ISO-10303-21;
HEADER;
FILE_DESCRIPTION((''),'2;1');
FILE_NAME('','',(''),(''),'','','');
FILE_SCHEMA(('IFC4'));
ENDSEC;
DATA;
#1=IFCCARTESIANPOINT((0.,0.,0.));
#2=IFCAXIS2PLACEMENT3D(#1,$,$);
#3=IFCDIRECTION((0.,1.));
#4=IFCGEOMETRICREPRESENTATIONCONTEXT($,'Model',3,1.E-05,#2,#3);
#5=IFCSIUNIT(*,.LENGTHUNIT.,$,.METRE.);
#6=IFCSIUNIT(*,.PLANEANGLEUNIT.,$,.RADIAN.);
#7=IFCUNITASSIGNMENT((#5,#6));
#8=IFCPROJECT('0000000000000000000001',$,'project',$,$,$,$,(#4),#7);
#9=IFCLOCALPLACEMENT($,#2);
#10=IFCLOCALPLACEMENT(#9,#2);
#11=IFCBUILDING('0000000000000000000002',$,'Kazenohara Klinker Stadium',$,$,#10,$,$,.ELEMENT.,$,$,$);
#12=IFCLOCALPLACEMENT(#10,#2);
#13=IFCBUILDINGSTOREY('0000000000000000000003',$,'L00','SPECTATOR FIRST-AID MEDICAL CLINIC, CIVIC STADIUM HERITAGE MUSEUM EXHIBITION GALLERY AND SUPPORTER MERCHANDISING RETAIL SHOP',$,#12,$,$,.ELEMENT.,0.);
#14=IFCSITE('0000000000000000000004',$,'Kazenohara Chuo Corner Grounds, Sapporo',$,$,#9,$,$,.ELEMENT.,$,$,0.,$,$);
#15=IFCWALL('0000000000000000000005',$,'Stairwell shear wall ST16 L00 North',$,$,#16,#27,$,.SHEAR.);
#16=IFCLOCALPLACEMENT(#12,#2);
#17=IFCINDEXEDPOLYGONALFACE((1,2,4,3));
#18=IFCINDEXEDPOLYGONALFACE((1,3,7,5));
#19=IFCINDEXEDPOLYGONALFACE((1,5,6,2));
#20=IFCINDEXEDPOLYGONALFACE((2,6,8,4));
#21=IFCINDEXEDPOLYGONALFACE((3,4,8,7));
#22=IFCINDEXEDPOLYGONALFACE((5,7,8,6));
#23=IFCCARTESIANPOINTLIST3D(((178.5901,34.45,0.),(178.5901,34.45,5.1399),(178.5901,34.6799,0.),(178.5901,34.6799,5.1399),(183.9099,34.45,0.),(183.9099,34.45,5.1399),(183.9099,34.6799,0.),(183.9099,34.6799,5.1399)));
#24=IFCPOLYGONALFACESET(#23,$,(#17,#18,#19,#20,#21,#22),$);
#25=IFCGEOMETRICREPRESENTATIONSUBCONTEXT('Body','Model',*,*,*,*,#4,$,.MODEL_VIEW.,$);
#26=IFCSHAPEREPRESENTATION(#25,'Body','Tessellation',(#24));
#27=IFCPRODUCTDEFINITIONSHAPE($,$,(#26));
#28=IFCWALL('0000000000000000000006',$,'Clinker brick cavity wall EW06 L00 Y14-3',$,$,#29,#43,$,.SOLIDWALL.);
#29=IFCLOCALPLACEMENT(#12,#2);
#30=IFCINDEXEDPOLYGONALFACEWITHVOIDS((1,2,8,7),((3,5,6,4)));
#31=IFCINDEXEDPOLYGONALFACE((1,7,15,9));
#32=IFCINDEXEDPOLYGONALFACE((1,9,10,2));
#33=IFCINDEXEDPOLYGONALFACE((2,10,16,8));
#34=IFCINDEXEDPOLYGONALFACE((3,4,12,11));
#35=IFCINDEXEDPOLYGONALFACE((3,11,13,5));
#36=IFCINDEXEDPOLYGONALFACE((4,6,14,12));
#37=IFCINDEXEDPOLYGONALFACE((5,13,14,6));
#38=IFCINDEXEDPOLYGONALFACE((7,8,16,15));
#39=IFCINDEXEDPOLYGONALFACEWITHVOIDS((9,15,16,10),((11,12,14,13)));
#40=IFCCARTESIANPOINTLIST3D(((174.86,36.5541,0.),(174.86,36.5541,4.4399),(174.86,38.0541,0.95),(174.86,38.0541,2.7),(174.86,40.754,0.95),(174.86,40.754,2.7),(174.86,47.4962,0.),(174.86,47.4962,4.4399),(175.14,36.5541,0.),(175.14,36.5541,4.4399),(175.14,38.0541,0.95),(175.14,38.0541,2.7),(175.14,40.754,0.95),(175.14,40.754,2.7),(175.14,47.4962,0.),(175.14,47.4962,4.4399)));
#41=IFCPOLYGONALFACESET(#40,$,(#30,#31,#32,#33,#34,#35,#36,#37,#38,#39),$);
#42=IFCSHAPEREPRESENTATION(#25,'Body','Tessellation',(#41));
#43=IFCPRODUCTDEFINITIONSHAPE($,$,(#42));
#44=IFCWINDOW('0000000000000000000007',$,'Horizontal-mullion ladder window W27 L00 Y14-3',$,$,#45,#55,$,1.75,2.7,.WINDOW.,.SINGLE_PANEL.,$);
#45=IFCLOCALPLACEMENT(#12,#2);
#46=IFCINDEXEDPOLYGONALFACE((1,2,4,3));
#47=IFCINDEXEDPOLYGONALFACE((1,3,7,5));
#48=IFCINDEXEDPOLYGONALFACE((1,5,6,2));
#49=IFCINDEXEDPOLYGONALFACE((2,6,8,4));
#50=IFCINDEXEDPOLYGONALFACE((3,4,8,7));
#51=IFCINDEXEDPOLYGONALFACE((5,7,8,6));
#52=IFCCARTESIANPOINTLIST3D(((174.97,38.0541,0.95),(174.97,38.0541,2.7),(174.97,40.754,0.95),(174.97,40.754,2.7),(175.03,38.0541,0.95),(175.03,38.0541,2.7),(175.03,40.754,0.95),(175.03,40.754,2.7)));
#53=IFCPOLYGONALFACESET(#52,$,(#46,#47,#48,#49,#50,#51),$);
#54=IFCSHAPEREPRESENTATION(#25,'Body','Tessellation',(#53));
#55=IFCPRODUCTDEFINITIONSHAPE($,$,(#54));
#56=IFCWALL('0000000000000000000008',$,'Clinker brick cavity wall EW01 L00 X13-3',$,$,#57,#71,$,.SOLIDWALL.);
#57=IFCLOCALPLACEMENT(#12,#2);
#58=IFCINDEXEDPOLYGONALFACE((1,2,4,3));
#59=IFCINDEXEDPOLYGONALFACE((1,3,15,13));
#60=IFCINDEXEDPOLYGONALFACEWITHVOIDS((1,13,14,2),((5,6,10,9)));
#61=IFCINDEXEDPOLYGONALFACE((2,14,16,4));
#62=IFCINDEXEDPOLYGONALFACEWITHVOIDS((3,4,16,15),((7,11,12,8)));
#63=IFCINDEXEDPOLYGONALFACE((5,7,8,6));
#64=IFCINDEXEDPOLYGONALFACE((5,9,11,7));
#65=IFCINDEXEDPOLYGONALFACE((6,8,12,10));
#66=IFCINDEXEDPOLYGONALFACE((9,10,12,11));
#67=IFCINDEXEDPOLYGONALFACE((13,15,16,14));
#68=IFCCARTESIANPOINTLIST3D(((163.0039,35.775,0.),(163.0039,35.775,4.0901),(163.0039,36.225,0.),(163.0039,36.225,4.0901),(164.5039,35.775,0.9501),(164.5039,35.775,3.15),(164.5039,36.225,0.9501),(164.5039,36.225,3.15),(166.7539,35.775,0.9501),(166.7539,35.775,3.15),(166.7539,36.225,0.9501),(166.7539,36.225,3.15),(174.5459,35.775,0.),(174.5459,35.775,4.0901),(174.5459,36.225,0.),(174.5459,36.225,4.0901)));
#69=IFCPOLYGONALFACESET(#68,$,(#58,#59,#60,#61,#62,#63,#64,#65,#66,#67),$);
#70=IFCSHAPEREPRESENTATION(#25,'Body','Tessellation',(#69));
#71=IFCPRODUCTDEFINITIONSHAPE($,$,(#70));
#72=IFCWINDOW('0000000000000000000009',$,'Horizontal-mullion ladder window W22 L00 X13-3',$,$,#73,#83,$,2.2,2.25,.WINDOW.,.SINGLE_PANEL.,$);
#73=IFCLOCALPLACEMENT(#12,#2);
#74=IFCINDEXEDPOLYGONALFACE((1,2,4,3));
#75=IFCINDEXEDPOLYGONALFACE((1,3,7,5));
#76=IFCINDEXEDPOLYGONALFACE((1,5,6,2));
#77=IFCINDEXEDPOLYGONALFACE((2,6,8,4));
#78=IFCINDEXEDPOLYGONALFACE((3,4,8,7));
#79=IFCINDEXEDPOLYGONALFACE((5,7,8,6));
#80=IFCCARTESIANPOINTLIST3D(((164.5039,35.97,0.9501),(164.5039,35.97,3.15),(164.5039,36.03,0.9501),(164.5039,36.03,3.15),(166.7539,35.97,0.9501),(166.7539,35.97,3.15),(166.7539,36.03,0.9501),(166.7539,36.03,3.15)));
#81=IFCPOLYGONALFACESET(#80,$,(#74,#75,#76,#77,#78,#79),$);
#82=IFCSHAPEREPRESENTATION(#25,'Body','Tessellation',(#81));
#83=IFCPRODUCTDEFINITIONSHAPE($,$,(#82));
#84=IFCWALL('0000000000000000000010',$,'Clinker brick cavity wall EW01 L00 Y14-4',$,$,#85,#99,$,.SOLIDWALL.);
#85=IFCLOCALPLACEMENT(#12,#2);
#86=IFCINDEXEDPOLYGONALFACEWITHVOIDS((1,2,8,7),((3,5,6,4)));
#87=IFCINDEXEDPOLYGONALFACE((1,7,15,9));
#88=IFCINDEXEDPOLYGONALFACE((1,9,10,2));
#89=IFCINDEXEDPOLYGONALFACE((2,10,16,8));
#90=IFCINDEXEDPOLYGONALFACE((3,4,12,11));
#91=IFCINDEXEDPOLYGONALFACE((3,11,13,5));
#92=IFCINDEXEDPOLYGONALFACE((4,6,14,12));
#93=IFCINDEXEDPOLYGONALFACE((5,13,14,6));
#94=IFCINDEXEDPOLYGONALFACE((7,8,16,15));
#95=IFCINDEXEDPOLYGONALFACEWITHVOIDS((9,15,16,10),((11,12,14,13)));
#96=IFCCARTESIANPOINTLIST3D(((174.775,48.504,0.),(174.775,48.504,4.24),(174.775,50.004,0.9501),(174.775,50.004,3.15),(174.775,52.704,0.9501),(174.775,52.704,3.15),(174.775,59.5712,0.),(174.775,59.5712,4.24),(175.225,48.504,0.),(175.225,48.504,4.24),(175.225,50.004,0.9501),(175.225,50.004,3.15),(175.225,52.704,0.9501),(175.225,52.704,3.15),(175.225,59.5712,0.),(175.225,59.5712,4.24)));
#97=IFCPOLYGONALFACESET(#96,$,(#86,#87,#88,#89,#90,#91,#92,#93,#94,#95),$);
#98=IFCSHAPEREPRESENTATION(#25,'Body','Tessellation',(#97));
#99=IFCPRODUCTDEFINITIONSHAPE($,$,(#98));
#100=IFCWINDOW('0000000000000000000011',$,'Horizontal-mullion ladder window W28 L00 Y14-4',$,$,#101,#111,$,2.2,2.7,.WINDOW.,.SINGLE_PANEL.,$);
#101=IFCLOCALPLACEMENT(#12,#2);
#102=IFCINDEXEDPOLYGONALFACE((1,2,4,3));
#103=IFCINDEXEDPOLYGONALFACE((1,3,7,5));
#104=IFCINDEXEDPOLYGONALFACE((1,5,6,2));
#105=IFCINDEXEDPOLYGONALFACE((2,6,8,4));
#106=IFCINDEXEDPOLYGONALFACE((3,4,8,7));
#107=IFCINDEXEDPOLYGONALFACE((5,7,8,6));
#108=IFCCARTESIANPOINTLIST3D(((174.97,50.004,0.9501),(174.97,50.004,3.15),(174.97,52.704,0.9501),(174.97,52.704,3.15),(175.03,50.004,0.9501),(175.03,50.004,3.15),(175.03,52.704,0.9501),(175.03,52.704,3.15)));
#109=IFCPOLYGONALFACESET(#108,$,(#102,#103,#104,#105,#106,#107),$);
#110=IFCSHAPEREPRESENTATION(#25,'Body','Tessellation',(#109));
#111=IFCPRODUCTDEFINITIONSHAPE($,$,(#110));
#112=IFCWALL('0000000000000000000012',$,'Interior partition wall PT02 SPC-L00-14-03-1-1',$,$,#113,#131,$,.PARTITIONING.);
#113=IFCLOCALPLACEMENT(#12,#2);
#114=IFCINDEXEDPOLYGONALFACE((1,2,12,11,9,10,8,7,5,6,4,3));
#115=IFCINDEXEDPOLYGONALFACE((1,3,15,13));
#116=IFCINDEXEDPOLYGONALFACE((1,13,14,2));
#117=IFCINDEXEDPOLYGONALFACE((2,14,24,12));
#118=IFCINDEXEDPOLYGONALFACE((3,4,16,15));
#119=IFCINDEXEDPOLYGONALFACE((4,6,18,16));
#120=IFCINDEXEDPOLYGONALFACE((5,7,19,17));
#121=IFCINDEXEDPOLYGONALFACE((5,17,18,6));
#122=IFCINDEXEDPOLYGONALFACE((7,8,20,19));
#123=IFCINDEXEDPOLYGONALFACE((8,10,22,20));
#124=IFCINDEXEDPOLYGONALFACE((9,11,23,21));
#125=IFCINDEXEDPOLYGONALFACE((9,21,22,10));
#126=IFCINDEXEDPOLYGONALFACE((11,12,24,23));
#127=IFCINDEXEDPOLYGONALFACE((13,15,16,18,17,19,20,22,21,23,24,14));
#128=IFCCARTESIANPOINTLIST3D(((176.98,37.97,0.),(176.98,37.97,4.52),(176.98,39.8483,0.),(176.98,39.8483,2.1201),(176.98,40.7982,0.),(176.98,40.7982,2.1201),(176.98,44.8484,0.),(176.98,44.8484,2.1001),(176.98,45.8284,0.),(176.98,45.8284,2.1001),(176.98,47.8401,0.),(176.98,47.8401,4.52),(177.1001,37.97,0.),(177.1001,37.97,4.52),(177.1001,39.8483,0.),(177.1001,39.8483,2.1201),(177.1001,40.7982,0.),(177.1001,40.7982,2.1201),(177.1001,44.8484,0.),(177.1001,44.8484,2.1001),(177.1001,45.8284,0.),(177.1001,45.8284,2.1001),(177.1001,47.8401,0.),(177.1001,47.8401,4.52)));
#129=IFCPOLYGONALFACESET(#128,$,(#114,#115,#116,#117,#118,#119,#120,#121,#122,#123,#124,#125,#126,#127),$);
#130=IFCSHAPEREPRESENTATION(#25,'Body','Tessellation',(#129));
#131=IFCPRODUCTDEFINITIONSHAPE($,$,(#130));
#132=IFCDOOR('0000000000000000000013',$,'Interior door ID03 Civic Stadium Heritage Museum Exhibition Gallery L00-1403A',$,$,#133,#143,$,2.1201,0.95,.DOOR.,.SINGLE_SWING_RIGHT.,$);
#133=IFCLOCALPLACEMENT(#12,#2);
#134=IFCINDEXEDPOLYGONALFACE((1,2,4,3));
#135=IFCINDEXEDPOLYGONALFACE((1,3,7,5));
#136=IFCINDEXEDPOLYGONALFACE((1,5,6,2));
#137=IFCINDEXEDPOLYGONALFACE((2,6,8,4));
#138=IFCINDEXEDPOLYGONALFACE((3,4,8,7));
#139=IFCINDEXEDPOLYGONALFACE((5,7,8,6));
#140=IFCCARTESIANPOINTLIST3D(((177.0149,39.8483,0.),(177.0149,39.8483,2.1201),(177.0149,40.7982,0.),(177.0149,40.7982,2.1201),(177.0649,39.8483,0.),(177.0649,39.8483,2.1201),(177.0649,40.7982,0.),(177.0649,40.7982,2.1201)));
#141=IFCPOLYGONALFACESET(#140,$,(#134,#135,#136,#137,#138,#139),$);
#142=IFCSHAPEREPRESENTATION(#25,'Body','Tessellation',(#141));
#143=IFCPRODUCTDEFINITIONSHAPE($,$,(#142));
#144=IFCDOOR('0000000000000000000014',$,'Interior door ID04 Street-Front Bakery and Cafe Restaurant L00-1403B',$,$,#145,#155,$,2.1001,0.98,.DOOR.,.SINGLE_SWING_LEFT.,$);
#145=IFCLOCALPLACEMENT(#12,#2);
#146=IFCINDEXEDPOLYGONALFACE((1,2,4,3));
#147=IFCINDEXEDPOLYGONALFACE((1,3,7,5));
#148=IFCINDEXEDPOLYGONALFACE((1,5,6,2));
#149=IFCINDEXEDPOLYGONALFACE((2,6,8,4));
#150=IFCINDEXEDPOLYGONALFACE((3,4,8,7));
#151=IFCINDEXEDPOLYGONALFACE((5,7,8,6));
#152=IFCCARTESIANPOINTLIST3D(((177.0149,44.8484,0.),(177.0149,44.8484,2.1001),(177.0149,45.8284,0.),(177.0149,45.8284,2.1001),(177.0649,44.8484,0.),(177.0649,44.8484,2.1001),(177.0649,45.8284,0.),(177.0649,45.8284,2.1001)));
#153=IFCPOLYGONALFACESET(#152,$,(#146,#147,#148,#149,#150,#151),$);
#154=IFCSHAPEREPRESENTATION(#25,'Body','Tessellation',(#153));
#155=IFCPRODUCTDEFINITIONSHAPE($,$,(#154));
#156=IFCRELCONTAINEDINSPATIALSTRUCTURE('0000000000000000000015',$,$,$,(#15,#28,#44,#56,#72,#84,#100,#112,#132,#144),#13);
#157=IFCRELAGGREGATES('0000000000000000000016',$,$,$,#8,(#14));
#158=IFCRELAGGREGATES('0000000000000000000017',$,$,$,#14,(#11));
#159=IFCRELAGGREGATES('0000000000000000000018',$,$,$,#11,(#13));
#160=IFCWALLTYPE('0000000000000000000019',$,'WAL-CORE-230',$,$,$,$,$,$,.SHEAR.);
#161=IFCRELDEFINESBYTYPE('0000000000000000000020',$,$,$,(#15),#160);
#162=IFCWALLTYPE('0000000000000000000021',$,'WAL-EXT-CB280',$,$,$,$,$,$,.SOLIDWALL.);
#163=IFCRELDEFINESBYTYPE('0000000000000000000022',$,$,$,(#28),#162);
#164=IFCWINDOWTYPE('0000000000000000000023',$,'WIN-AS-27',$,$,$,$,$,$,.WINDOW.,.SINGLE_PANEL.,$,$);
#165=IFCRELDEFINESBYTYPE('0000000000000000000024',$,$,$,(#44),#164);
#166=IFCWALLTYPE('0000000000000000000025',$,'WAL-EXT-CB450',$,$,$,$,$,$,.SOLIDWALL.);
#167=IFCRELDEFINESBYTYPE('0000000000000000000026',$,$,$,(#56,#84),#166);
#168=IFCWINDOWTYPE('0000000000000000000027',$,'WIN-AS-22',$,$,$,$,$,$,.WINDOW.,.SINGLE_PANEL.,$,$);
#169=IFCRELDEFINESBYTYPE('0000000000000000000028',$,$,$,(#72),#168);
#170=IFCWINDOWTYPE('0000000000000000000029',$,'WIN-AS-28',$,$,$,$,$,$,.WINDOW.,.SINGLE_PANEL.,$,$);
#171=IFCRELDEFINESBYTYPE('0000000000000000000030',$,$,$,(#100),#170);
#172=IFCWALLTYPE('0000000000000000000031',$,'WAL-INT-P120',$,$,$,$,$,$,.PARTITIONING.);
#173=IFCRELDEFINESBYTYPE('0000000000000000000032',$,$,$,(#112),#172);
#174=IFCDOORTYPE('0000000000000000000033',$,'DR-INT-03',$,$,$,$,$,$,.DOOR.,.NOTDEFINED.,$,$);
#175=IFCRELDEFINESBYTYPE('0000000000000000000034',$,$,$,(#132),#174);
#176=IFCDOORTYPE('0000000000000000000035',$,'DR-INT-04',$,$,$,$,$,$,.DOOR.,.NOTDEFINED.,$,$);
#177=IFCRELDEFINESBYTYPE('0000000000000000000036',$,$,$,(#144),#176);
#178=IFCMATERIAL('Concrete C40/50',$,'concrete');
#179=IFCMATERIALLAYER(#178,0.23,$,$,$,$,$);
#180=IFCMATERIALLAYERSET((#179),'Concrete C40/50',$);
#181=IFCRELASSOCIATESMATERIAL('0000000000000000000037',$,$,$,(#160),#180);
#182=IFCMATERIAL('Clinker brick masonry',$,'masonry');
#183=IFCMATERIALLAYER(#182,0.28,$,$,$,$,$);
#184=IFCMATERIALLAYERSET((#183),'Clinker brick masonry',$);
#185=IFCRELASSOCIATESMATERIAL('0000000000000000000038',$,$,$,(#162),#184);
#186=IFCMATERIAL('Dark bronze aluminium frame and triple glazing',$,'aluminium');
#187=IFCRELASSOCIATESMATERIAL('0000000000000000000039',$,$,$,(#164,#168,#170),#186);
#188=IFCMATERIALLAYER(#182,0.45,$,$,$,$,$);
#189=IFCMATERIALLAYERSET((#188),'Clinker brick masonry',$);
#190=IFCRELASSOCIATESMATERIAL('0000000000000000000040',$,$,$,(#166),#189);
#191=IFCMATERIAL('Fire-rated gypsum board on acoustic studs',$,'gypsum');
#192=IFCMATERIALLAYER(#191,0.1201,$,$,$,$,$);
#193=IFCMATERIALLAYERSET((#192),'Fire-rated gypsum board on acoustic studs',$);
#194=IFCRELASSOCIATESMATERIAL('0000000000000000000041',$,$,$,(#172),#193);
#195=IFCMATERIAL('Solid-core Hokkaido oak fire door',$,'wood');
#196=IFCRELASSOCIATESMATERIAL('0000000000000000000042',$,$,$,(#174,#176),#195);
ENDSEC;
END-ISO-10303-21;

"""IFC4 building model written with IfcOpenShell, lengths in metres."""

from ifc_helpers import new_model, si_unit, direction, frame, frame_2d, origin, place, context, subcontext, project, spatial, rectangle, extrude, material, layer, layer_set, type_object, element, fill, save


model = new_model("IFC4")

# Units and contexts
model_context = context("Model", 3, precision=1e-05, world=origin(), true_north=direction((0.0, 1.0)))
body_context = subcontext(model_context, "Body", "Model", "MODEL_VIEW")
ifc_project = project(units=[si_unit("LENGTHUNIT", "METRE"), si_unit("PLANEANGLEUNIT", "RADIAN")], contexts=[model_context])

# Site, building, storey
site_placement = place(None, origin())
site = spatial("IfcSite", under=ifc_project, at=site_placement, Name="Kazenohara Chuo Corner Grounds, Sapporo", CompositionType="ELEMENT", RefElevation=0.0)
building_placement = place(site_placement, origin())
building = spatial("IfcBuilding", under=site, at=building_placement, Name="Kazenohara Klinker Stadium", CompositionType="ELEMENT")
storey_placement = place(building_placement, origin())
storey = spatial("IfcBuildingStorey", under=building, at=storey_placement, Name="L00", Description="SPECTATOR FIRST-AID MEDICAL CLINIC, CIVIC STADIUM HERITAGE MUSEUM EXHIBITION GALLERY AND SUPPORTER MERCHANDISING RETAIL SHOP", CompositionType="ELEMENT", Elevation=0.0)

# Shared definitions
ifc_material_1 = material(Name="Concrete C40/50", Category="concrete")

# Wall
ifc_layer_1 = layer(ifc_material_1, 0.23)
ifc_layer_set_1 = layer_set([ifc_layer_1], Name="Concrete C40/50")
wall_type_1 = type_object("IfcWallType", Name="WAL-CORE-230", PredefinedType="SHEAR", material=ifc_layer_set_1)
wall_1_placement = place(storey_placement, frame((178.5901, 34.5649, 0.0), z_axis=(0.0, 0.0, 1.0), x_axis=(1.0, 0.0, 0.0)))
element("IfcWall", 1, at=wall_1_placement, inside=storey, type_object=wall_type_1, Name="Stairwell shear wall ST16 L00 North", PredefinedType="SHEAR", context=body_context, shape_type="SweptSolid", body=[
    extrude(rectangle(XDim=5.3198, YDim=0.23, at=frame_2d((2.6599, 0.0))), origin(), (0.0, 0.0, 1.0), 5.1399),
])

# Walls, openings, windows
ifc_material_2 = material(Name="Clinker brick masonry", Category="masonry")
ifc_layer_2 = layer(ifc_material_2, 0.28)
ifc_layer_set_2 = layer_set([ifc_layer_2], Name="Clinker brick masonry")
wall_type_2 = type_object("IfcWallType", Name="WAL-EXT-CB280", PredefinedType="SOLIDWALL", material=ifc_layer_set_2)
wall_2_placement = place(storey_placement, frame((175.0, 36.554, 0.0), z_axis=(0.0, 0.0, 1.0), x_axis=(0.0, 1.0, 0.0)))
wall_2 = element("IfcWall", 2, at=wall_2_placement, inside=storey, type_object=wall_type_2, Name="Clinker brick cavity wall EW06 L00 Y14-3", PredefinedType="SOLIDWALL", context=body_context, shape_type="SweptSolid", body=[
    extrude(rectangle(XDim=10.9421, YDim=0.28, at=frame_2d((5.4712, 0.0))), origin(), (0.0, 0.0, 1.0), 4.4399),
])
opening_1_placement = place(wall_2_placement, frame((1.5, 0.0, 0.95)))
opening_1 = element("IfcOpeningElement", 3, at=opening_1_placement, cuts=wall_2, PredefinedType="OPENING", context=body_context, shape_type="SweptSolid", body=[
    extrude(rectangle(XDim=2.7, YDim=1.75, at=frame_2d((1.3501, 0.875))), frame((0.0, 0.1499, 0.0), z_axis=(0.0, -1.0, 0.0), x_axis=(1.0, 0.0, 0.0)), (0.0, 0.0, 1.0), 0.3),
])
ifc_material_3 = material(Name="Dark bronze aluminium frame and triple glazing", Category="aluminium")
window_type_1 = type_object("IfcWindowType", Name="WIN-AS-27", PartitioningType="SINGLE_PANEL", PredefinedType="WINDOW", material=ifc_material_3)
window_1_placement = place(opening_1_placement, origin())
window_1 = element("IfcWindow", 4, at=window_1_placement, inside=storey, type_object=window_type_1, Name="Horizontal-mullion ladder window W27 L00 Y14-3", OverallHeight=1.75, OverallWidth=2.7, PartitioningType="SINGLE_PANEL", PredefinedType="WINDOW", context=body_context, shape_type="SweptSolid", body=[
    extrude(rectangle(XDim=2.7, YDim=1.75, at=frame_2d((1.3501, 0.875))), frame((0.0, 0.03, 0.0), z_axis=(0.0, -1.0, 0.0), x_axis=(1.0, 0.0, 0.0)), (0.0, 0.0, 1.0), 0.0601),
])
fill(opening_1, window_1)
ifc_layer_3 = layer(ifc_material_2, 0.45)
ifc_layer_set_3 = layer_set([ifc_layer_3], Name="Clinker brick masonry")
wall_type_3 = type_object("IfcWallType", Name="WAL-EXT-CB450", PredefinedType="SOLIDWALL", material=ifc_layer_set_3)
wall_3_placement = place(storey_placement, frame((163.0039, 36.0, 0.0), z_axis=(0.0, 0.0, 1.0), x_axis=(1.0, 0.0, 0.0)))
wall_3 = element("IfcWall", 5, at=wall_3_placement, inside=storey, type_object=wall_type_3, Name="Clinker brick cavity wall EW01 L00 X13-3", PredefinedType="SOLIDWALL", context=body_context, shape_type="SweptSolid", body=[
    extrude(rectangle(XDim=11.542, YDim=0.45, at=frame_2d((5.771, 0.0))), origin(), (0.0, 0.0, 1.0), 4.0901),
])
opening_2_placement = place(wall_3_placement, frame((1.5, 0.0, 0.95)))
opening_2 = element("IfcOpeningElement", 6, at=opening_2_placement, cuts=wall_3, PredefinedType="OPENING", context=body_context, shape_type="SweptSolid", body=[
    extrude(rectangle(XDim=2.25, YDim=2.2, at=frame_2d((1.125, 1.1001))), frame((0.0, 0.2349, 0.0), z_axis=(0.0, -1.0, 0.0), x_axis=(1.0, 0.0, 0.0)), (0.0, 0.0, 1.0), 0.47),
])
window_type_2 = type_object("IfcWindowType", Name="WIN-AS-22", PartitioningType="SINGLE_PANEL", PredefinedType="WINDOW", material=ifc_material_3)
window_2_placement = place(opening_2_placement, origin())
window_2 = element("IfcWindow", 7, at=window_2_placement, inside=storey, type_object=window_type_2, Name="Horizontal-mullion ladder window W22 L00 X13-3", OverallHeight=2.2, OverallWidth=2.25, PartitioningType="SINGLE_PANEL", PredefinedType="WINDOW", context=body_context, shape_type="SweptSolid", body=[
    extrude(rectangle(XDim=2.25, YDim=2.2, at=frame_2d((1.125, 1.1001))), frame((0.0, 0.03, 0.0), z_axis=(0.0, -1.0, 0.0), x_axis=(1.0, 0.0, 0.0)), (0.0, 0.0, 1.0), 0.0601),
])
fill(opening_2, window_2)
wall_4_placement = place(storey_placement, frame((175.0, 48.5039, 0.0), z_axis=(0.0, 0.0, 1.0), x_axis=(0.0, 1.0, 0.0)))
wall_4 = element("IfcWall", 8, at=wall_4_placement, inside=storey, type_object=wall_type_3, Name="Clinker brick cavity wall EW01 L00 Y14-4", PredefinedType="SOLIDWALL", context=body_context, shape_type="SweptSolid", body=[
    extrude(rectangle(XDim=11.0671, YDim=0.45, at=frame_2d((5.5337, 0.0))), origin(), (0.0, 0.0, 1.0), 4.24),
])
opening_3_placement = place(wall_4_placement, frame((1.5, 0.0, 0.95)))
opening_3 = element("IfcOpeningElement", 9, at=opening_3_placement, cuts=wall_4, PredefinedType="OPENING", context=body_context, shape_type="SweptSolid", body=[
    extrude(rectangle(XDim=2.7, YDim=2.2, at=frame_2d((1.3501, 1.1001))), frame((0.0, 0.2349, 0.0), z_axis=(0.0, -1.0, 0.0), x_axis=(1.0, 0.0, 0.0)), (0.0, 0.0, 1.0), 0.47),
])
window_type_3 = type_object("IfcWindowType", Name="WIN-AS-28", PartitioningType="SINGLE_PANEL", PredefinedType="WINDOW", material=ifc_material_3)
window_3_placement = place(opening_3_placement, origin())
window_3 = element("IfcWindow", 10, at=window_3_placement, inside=storey, type_object=window_type_3, Name="Horizontal-mullion ladder window W28 L00 Y14-4", OverallHeight=2.2, OverallWidth=2.7, PartitioningType="SINGLE_PANEL", PredefinedType="WINDOW", context=body_context, shape_type="SweptSolid", body=[
    extrude(rectangle(XDim=2.7, YDim=2.2, at=frame_2d((1.3501, 1.1001))), frame((0.0, 0.03, 0.0), z_axis=(0.0, -1.0, 0.0), x_axis=(1.0, 0.0, 0.0)), (0.0, 0.0, 1.0), 0.0601),
])
fill(opening_3, window_3)

# Wall, openings, doors
ifc_material_4 = material(Name="Fire-rated gypsum board on acoustic studs", Category="gypsum")
ifc_layer_4 = layer(ifc_material_4, 0.1201)
ifc_layer_set_4 = layer_set([ifc_layer_4], Name="Fire-rated gypsum board on acoustic studs")
wall_type_4 = type_object("IfcWallType", Name="WAL-INT-P120", PredefinedType="PARTITIONING", material=ifc_layer_set_4)
wall_5_placement = place(storey_placement, frame((177.04, 37.97, 0.0), z_axis=(0.0, 0.0, 1.0), x_axis=(0.0, 1.0, 0.0)))
wall_5 = element("IfcWall", 11, at=wall_5_placement, inside=storey, type_object=wall_type_4, Name="Interior partition wall PT02 SPC-L00-14-03-1-1", PredefinedType="PARTITIONING", context=body_context, shape_type="SweptSolid", body=[
    extrude(rectangle(XDim=9.8701, YDim=0.1201, at=frame_2d((4.9351, 0.0))), origin(), (0.0, 0.0, 1.0), 4.52),
])
opening_4_placement = place(wall_5_placement, frame((2.8284, 0.0, 0.0), z_axis=(0.0, 0.0, 1.0), x_axis=(-1.0, 0.0, 0.0)))
opening_4 = element("IfcOpeningElement", 12, at=opening_4_placement, cuts=wall_5, PredefinedType="OPENING", context=body_context, shape_type="SweptSolid", body=[
    extrude(rectangle(XDim=0.95, YDim=2.1201, at=frame_2d((0.4751, 1.0601))), frame((0.0, 0.0701, 0.0), z_axis=(0.0, -1.0, 0.0), x_axis=(1.0, 0.0, 0.0)), (0.0, 0.0, 1.0), 0.1401),
])
opening_5_placement = place(wall_5_placement, frame((7.8584, 0.0, 0.0), z_axis=(0.0, 0.0, 1.0), x_axis=(-1.0, 0.0, 0.0)))
opening_5 = element("IfcOpeningElement", 13, at=opening_5_placement, cuts=wall_5, PredefinedType="OPENING", context=body_context, shape_type="SweptSolid", body=[
    extrude(rectangle(XDim=0.98, YDim=2.1001, at=frame_2d((0.49, 1.05))), frame((0.0, 0.0701, 0.0), z_axis=(0.0, -1.0, 0.0), x_axis=(1.0, 0.0, 0.0)), (0.0, 0.0, 1.0), 0.1401),
])
ifc_material_5 = material(Name="Solid-core Hokkaido oak fire door", Category="wood")
door_type_1 = type_object("IfcDoorType", Name="DR-INT-03", OperationType="NOTDEFINED", PredefinedType="DOOR", material=ifc_material_5)
door_1_placement = place(opening_4_placement, origin())
door_1 = element("IfcDoor", 14, at=door_1_placement, inside=storey, type_object=door_type_1, Name="Interior door ID03 Civic Stadium Heritage Museum Exhibition Gallery L00-1403A", OperationType="SINGLE_SWING_RIGHT", OverallHeight=2.1201, OverallWidth=0.95, PredefinedType="DOOR", context=body_context, shape_type="SweptSolid", body=[
    extrude(rectangle(XDim=0.95, YDim=2.1201, at=frame_2d((0.4751, 1.0601))), frame((0.0, 0.0249, 0.0), z_axis=(0.0, -1.0, 0.0), x_axis=(1.0, 0.0, 0.0)), (0.0, 0.0, 1.0), 0.05),
])
fill(opening_4, door_1)
door_type_2 = type_object("IfcDoorType", Name="DR-INT-04", OperationType="NOTDEFINED", PredefinedType="DOOR", material=ifc_material_5)
door_2_placement = place(opening_5_placement, origin())
door_2 = element("IfcDoor", 15, at=door_2_placement, inside=storey, type_object=door_type_2, Name="Interior door ID04 Street-Front Bakery and Cafe Restaurant L00-1403B", OperationType="SINGLE_SWING_LEFT", OverallHeight=2.1001, OverallWidth=0.98, PredefinedType="DOOR", context=body_context, shape_type="SweptSolid", body=[
    extrude(rectangle(XDim=0.98, YDim=2.1001, at=frame_2d((0.49, 1.05))), frame((0.0, 0.0249, 0.0), z_axis=(0.0, -1.0, 0.0), x_axis=(1.0, 0.0, 0.0)), (0.0, 0.0, 1.0), 0.05),
])
fill(opening_5, door_2)

save(model, "model.ifc")
